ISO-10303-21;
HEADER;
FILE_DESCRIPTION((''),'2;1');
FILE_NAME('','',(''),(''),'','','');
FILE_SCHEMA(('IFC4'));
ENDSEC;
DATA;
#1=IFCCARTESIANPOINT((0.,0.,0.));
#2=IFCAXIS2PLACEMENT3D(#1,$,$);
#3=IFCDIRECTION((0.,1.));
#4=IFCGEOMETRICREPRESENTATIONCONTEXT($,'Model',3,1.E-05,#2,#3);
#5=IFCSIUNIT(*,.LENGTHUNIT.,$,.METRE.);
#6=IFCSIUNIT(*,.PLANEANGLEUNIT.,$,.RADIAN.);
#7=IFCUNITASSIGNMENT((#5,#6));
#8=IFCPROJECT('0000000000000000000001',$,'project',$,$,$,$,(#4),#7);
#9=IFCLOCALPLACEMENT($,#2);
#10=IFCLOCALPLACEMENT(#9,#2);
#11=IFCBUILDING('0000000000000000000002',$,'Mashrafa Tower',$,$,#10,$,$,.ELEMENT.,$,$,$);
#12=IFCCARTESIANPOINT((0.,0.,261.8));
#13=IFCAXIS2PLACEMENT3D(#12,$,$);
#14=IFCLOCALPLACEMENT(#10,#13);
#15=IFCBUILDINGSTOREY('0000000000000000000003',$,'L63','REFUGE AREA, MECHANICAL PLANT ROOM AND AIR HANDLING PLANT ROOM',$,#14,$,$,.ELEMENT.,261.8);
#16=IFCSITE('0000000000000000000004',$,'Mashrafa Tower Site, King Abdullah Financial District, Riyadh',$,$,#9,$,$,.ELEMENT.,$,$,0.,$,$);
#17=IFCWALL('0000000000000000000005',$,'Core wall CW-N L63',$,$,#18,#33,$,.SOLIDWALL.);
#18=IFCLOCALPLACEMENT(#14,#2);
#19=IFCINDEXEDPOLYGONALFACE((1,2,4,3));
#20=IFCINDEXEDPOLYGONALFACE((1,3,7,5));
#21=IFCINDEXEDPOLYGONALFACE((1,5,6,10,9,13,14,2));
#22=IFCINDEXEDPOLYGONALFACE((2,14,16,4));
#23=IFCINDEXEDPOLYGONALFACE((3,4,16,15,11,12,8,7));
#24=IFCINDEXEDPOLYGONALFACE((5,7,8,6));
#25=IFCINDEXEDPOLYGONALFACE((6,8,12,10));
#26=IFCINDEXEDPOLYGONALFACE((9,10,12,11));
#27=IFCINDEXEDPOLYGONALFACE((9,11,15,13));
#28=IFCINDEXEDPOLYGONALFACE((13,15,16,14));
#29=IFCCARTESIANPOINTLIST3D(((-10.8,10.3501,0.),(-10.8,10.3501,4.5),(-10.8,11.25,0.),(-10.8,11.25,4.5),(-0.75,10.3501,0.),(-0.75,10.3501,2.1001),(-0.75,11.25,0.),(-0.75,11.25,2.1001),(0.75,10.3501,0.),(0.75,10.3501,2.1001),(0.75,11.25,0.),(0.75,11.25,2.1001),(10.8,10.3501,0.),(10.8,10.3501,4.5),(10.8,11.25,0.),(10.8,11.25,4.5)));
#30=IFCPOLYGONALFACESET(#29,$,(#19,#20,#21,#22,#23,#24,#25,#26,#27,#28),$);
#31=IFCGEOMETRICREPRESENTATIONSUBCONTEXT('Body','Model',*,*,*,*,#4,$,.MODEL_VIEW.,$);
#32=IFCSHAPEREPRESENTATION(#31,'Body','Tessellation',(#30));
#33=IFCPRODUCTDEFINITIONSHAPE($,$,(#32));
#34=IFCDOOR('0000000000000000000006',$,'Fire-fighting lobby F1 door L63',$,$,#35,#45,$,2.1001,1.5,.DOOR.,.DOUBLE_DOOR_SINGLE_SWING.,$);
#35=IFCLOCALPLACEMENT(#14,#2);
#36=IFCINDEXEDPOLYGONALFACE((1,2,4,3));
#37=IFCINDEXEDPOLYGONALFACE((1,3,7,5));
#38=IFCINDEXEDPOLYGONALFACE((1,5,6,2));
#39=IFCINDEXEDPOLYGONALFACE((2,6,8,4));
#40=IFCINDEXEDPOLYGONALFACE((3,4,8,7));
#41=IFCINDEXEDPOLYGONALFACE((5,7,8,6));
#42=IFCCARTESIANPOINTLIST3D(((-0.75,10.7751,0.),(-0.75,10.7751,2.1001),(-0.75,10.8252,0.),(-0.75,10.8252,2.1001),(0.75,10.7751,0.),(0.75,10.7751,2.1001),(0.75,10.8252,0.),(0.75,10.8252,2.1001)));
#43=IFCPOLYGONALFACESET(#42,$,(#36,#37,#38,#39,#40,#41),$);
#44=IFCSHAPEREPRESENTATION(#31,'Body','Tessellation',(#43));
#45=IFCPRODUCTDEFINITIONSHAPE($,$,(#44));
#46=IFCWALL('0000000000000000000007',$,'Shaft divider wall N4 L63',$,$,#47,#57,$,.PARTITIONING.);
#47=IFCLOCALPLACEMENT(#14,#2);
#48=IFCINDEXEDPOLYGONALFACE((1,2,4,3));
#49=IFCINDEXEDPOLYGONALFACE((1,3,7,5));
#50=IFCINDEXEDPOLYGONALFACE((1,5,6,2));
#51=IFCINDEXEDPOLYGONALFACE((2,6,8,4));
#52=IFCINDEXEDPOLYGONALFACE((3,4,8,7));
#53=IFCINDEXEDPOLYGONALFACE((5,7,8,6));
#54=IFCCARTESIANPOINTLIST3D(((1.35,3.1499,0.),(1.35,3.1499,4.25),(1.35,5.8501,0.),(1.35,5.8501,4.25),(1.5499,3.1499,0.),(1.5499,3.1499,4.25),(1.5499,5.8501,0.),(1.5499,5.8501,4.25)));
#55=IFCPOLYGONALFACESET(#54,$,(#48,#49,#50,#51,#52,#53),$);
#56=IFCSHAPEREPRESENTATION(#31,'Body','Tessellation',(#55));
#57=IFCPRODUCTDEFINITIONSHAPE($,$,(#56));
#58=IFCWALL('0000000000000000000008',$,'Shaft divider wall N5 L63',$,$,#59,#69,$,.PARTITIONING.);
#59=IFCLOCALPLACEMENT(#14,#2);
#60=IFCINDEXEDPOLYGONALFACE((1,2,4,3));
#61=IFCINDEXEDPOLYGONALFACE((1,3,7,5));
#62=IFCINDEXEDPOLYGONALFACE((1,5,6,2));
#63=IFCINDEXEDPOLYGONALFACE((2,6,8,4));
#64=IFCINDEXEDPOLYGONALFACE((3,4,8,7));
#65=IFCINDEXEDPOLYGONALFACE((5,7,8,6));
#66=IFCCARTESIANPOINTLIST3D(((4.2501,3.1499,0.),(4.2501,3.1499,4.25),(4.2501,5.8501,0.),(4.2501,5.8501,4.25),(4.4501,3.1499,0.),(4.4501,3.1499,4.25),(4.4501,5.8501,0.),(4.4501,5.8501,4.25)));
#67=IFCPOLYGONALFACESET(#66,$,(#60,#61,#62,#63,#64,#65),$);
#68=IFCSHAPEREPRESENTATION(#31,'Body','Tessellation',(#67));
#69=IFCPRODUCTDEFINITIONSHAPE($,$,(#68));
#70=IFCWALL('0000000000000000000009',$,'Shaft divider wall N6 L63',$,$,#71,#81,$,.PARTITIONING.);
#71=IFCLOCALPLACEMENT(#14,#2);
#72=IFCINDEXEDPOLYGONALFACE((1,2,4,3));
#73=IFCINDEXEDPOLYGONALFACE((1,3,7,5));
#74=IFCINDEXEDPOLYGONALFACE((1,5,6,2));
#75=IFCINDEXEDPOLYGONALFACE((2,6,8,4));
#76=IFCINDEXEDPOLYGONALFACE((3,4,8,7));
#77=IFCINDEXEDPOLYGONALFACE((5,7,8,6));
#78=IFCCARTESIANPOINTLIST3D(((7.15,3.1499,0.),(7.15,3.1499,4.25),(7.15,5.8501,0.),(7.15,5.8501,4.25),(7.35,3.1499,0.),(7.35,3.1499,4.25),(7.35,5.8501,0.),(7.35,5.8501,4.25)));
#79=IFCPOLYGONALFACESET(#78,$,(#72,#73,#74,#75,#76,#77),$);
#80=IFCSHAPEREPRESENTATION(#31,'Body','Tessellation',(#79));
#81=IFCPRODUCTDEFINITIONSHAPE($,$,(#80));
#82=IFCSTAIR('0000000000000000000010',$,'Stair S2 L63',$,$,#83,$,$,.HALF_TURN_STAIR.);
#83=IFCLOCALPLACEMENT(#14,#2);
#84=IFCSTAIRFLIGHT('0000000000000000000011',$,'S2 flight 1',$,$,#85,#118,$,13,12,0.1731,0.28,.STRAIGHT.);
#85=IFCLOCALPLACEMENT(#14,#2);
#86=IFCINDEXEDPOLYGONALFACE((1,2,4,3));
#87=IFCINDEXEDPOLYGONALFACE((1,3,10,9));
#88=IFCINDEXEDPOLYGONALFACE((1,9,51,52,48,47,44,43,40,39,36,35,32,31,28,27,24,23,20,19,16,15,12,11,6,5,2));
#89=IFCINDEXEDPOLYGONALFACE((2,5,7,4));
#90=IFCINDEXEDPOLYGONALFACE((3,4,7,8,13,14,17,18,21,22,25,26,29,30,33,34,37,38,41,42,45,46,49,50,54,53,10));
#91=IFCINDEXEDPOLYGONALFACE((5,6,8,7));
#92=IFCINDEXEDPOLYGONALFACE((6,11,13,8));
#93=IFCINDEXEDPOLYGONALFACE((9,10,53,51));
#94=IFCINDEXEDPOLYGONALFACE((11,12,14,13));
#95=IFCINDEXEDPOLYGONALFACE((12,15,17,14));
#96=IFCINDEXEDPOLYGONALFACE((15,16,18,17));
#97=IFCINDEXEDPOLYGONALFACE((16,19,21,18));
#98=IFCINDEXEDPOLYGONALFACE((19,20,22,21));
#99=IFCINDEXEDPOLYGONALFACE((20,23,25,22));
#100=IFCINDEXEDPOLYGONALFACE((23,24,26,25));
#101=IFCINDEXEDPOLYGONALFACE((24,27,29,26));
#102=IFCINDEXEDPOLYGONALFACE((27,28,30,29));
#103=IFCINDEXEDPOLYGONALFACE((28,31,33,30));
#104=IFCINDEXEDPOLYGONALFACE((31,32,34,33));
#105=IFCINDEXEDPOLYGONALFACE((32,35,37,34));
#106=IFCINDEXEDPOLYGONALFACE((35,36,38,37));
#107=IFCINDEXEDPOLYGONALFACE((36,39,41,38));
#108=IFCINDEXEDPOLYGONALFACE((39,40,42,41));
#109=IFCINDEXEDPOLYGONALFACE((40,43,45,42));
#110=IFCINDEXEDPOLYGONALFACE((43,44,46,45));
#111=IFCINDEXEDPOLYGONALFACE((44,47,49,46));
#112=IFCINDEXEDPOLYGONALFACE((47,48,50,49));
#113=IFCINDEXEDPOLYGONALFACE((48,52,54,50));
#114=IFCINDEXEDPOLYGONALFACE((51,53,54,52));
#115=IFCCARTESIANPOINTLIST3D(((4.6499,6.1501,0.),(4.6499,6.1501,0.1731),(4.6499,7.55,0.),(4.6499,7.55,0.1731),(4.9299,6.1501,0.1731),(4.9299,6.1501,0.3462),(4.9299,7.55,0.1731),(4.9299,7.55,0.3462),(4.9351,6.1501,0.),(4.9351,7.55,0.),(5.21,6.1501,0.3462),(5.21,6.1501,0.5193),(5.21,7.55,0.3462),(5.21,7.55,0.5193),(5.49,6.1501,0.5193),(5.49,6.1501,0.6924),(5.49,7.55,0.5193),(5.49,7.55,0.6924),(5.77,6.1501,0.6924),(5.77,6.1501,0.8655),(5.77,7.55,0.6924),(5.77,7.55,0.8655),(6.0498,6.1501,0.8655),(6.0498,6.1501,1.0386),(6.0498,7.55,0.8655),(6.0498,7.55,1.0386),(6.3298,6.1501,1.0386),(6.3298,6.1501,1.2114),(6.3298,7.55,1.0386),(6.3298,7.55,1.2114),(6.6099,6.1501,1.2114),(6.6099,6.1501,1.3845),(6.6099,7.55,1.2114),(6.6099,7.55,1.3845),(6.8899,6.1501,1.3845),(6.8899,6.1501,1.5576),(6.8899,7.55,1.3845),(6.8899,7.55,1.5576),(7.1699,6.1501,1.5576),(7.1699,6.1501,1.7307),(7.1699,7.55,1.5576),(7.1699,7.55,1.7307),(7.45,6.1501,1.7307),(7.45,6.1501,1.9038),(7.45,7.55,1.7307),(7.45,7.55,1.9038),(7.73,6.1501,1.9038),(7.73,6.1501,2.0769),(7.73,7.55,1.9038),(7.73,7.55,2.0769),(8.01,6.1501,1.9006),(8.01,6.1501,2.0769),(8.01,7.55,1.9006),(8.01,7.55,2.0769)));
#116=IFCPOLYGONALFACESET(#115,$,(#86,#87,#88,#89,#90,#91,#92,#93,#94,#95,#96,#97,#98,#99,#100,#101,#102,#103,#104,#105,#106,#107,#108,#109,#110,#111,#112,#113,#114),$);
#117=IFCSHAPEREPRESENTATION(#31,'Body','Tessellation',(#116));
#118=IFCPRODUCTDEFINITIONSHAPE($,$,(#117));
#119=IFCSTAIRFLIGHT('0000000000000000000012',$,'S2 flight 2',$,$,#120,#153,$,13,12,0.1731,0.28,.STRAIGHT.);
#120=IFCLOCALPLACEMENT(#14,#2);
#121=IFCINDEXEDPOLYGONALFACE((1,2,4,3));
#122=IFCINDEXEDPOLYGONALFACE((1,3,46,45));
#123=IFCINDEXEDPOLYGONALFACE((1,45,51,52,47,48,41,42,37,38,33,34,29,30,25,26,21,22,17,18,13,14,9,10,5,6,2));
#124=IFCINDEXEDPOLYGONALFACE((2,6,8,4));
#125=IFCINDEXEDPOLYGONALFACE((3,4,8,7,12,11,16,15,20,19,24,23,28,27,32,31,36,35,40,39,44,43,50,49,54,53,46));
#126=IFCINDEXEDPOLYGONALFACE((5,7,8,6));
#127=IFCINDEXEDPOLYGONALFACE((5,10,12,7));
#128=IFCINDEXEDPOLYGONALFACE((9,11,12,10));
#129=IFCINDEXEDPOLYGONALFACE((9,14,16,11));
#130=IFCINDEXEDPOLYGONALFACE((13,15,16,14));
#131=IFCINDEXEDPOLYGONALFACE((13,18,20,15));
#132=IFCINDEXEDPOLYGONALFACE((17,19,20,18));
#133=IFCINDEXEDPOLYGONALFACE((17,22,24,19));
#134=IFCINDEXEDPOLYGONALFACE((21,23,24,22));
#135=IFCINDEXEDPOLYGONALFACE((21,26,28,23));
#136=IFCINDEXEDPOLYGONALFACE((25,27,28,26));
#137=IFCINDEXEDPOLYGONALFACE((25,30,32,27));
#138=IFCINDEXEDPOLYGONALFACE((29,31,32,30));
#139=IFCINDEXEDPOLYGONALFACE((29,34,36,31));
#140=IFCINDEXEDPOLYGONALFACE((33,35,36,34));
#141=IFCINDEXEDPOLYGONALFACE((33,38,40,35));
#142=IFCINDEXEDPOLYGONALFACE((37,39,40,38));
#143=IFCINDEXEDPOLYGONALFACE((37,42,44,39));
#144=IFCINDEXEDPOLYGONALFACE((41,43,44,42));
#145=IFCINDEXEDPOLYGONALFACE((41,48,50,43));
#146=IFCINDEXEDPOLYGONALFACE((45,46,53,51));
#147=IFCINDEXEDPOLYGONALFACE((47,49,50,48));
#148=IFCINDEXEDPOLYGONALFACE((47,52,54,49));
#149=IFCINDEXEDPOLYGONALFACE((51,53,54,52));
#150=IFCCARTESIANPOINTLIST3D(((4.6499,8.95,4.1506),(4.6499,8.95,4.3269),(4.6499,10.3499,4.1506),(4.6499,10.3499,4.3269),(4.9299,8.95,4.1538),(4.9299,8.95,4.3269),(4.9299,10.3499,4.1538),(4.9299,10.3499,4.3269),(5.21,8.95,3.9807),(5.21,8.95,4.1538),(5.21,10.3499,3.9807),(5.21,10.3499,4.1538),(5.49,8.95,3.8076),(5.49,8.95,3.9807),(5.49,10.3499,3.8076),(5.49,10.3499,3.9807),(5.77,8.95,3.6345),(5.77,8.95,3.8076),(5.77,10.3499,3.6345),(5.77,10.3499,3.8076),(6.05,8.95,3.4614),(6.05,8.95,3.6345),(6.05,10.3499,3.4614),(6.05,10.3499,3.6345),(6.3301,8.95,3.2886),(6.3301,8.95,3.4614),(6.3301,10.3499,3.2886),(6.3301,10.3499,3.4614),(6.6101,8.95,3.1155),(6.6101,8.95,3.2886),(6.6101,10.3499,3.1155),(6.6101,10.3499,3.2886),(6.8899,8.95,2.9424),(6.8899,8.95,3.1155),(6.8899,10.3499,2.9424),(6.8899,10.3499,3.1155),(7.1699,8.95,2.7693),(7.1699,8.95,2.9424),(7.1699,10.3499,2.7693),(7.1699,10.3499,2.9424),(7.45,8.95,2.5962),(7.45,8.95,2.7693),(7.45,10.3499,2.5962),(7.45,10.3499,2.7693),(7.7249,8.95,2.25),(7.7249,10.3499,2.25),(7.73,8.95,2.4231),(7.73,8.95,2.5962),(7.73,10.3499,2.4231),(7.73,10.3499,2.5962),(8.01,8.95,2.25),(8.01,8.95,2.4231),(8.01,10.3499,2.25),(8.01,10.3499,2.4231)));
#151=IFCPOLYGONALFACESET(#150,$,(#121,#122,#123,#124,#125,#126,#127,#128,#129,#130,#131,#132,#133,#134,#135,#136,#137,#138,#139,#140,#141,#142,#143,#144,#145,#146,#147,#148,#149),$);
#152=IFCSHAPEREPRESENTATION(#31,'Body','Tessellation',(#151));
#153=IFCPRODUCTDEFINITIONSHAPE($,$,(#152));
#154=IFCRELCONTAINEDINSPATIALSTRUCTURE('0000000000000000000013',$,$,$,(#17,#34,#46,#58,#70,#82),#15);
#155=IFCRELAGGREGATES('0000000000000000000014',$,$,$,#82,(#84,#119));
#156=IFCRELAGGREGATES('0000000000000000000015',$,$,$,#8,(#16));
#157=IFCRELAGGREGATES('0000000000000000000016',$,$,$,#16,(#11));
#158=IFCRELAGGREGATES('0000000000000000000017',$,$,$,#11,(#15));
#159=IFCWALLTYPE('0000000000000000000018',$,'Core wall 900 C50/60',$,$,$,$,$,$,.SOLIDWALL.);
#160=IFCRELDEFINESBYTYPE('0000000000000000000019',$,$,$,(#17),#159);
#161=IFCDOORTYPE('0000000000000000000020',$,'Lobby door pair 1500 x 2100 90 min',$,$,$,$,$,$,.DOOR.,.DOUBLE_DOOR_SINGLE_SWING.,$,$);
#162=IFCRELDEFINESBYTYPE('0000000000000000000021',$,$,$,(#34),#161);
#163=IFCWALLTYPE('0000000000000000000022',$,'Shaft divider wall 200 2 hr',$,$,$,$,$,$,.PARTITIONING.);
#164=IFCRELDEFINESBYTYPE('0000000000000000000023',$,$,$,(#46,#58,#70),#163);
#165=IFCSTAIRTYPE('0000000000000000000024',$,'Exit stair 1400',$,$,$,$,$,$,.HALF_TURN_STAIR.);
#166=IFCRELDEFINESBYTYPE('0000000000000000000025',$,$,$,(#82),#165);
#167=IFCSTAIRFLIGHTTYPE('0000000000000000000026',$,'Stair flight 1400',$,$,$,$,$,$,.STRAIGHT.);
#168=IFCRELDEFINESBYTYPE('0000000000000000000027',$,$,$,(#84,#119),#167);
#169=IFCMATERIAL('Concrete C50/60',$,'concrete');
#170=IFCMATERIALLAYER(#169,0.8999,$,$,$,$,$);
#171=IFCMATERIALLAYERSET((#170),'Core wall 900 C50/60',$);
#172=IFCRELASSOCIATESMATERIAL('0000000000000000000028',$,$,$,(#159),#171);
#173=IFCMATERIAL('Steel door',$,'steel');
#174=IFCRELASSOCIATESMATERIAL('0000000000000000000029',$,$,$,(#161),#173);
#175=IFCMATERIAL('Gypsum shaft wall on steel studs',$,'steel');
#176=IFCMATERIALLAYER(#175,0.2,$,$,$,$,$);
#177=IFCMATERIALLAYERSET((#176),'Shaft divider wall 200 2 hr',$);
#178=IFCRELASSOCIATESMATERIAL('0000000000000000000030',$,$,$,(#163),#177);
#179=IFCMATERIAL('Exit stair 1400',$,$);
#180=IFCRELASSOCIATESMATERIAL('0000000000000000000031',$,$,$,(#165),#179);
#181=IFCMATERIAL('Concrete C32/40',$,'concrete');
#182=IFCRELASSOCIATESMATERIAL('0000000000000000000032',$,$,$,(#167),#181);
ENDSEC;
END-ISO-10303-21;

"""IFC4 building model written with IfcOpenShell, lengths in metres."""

from ifc_helpers import new_model, si_unit, direction, frame, frame_2d, origin, place, context, subcontext, project, spatial, polyline, rectangle, outline, extrude, material, layer, layer_set, type_object, element, fill, aggregate, save


model = new_model("IFC4")

# Units and contexts
model_context = context("Model", 3, precision=1e-05, world=origin(), true_north=direction((0.0, 1.0)))
body_context = subcontext(model_context, "Body", "Model", "MODEL_VIEW")
ifc_project = project(units=[si_unit("LENGTHUNIT", "METRE"), si_unit("PLANEANGLEUNIT", "RADIAN")], contexts=[model_context])

# Site, building, storey
site_placement = place(None, origin())
site = spatial("IfcSite", under=ifc_project, at=site_placement, Name="Mashrafa Tower Site, King Abdullah Financial District, Riyadh", CompositionType="ELEMENT", RefElevation=0.0)
building_placement = place(site_placement, origin())
building = spatial("IfcBuilding", under=site, at=building_placement, Name="Mashrafa Tower", CompositionType="ELEMENT")
storey_placement = place(building_placement, frame((0.0, 0.0, 261.8)))
storey = spatial("IfcBuildingStorey", under=building, at=storey_placement, Name="L63", Description="REFUGE AREA, MECHANICAL PLANT ROOM AND AIR HANDLING PLANT ROOM", CompositionType="ELEMENT", Elevation=261.8)

# Wall, opening, door
ifc_material_1 = material(Name="Concrete C50/60", Category="concrete")
ifc_layer_1 = layer(ifc_material_1, 0.8999)
ifc_layer_set_1 = layer_set([ifc_layer_1], Name="Core wall 900 C50/60")
wall_type_1 = type_object("IfcWallType", Name="Core wall 900 C50/60", PredefinedType="SOLIDWALL", material=ifc_layer_set_1)
wall_1_placement = place(storey_placement, frame((10.8, 10.8, 0.0), z_axis=(0.0, 0.0, 1.0), x_axis=(-1.0, 0.0, 0.0)))
wall_1 = element("IfcWall", 1, at=wall_1_placement, inside=storey, type_object=wall_type_1, Name="Core wall CW-N L63", PredefinedType="SOLIDWALL", context=body_context, shape_type="SweptSolid", body=[
    extrude(rectangle(XDim=21.6001, YDim=0.8999, at=frame_2d((10.8, 0.0))), origin(), (0.0, 0.0, 1.0), 4.5),
])
opening_1_placement = place(wall_1_placement, frame((10.05, 0.0, 0.0)))
opening_1 = element("IfcOpeningElement", 2, at=opening_1_placement, cuts=wall_1, PredefinedType="OPENING", context=body_context, shape_type="SweptSolid", body=[
    extrude(rectangle(XDim=1.5, YDim=2.1001, at=frame_2d((0.75, 1.05))), frame((0.0, 0.46, 0.0), z_axis=(0.0, -1.0, 0.0), x_axis=(1.0, 0.0, 0.0)), (0.0, 0.0, 1.0), 0.9199),
])
ifc_material_2 = material(Name="Steel door", Category="steel")
door_type_1 = type_object("IfcDoorType", Name="Lobby door pair 1500 x 2100 90 min", OperationType="DOUBLE_DOOR_SINGLE_SWING", PredefinedType="DOOR", material=ifc_material_2)
door_1_placement = place(opening_1_placement, origin())
door_1 = element("IfcDoor", 3, at=door_1_placement, inside=storey, type_object=door_type_1, Name="Fire-fighting lobby F1 door L63", OperationType="DOUBLE_DOOR_SINGLE_SWING", OverallHeight=2.1001, OverallWidth=1.5, PredefinedType="DOOR", context=body_context, shape_type="SweptSolid", body=[
    extrude(rectangle(XDim=1.5, YDim=2.1001, at=frame_2d((0.75, 1.05))), frame((0.0, 0.0249, 0.0), z_axis=(0.0, -1.0, 0.0), x_axis=(1.0, 0.0, 0.0)), (0.0, 0.0, 1.0), 0.05),
])
fill(opening_1, door_1)

# Walls
ifc_material_3 = material(Name="Gypsum shaft wall on steel studs", Category="steel")
ifc_layer_2 = layer(ifc_material_3, 0.2)
ifc_layer_set_2 = layer_set([ifc_layer_2], Name="Shaft divider wall 200 2 hr")
wall_type_2 = type_object("IfcWallType", Name="Shaft divider wall 200 2 hr", PredefinedType="PARTITIONING", material=ifc_layer_set_2)
for number, where, z_axis, x_axis, name in (
    (4, (1.45, 3.1499, 0.0), (0.0, 0.0, 1.0), (0.0, 1.0, 0.0), "Shaft divider wall N4 L63"),
    (5, (4.3501, 3.1499, 0.0), (0.0, 0.0, 1.0), (0.0, 1.0, 0.0), "Shaft divider wall N5 L63"),
    (6, (7.25, 3.1499, 0.0), (0.0, 0.0, 1.0), (0.0, 1.0, 0.0), "Shaft divider wall N6 L63"),
):
    element("IfcWall", number, at=place(storey_placement, frame(where, z_axis=z_axis, x_axis=x_axis)), inside=storey, type_object=wall_type_2, Name=name, PredefinedType="PARTITIONING", context=body_context, shape_type="SweptSolid", body=[
        extrude(rectangle(XDim=2.7002, YDim=0.2, at=frame_2d((1.3501, 0.0))), origin(), (0.0, 0.0, 1.0), 4.25),
    ])

# Stair, stair flights
ifc_material_4 = material(Name="Exit stair 1400")
stair_type = type_object("IfcStairType", Name="Exit stair 1400", PredefinedType="HALF_TURN_STAIR", material=ifc_material_4)
stair_placement = place(storey_placement, origin())
stair = element("IfcStair", 7, at=stair_placement, inside=storey, type_object=stair_type, Name="Stair S2 L63", PredefinedType="HALF_TURN_STAIR")
ifc_material_5 = material(Name="Concrete C32/40", Category="concrete")
stair_flight_type = type_object("IfcStairFlightType", Name="Stair flight 1400", PredefinedType="STRAIGHT", material=ifc_material_5)
stair_flight_1_placement = place(storey_placement, frame((4.6499, 6.8501, 0.0), z_axis=(0.0, 0.0, 1.0), x_axis=(1.0, 0.0, 0.0)))
stair_flight_1 = element("IfcStairFlight", 8, at=stair_flight_1_placement, type_object=stair_flight_type, Name="S2 flight 1", NumberOfRisers=13, NumberOfTreads=12, PredefinedType="STRAIGHT", RiserHeight=0.1731, TreadLength=0.28, context=body_context, shape_type="SweptSolid", body=[
    extrude(outline(polyline([(0.0, 0.0), (0.0, 0.1731), (0.28, 0.1731), (0.28, 0.3462), (0.5601, 0.3462), (0.5601, 0.5193), (0.8401, 0.5193), (0.8401, 0.6924), (1.1201, 0.6924), (1.1201, 0.8655), (1.3999, 0.8655), (1.3999, 1.0386), (1.6799, 1.0386), (1.6799, 1.2114), (1.96, 1.2114), (1.96, 1.3845), (2.24, 1.3845), (2.24, 1.5576), (2.52, 1.5576), (2.52, 1.7307), (2.8, 1.7307), (2.8, 1.9038), (3.0801, 1.9038), (3.0801, 2.0769), (3.3601, 2.0769), (3.3601, 2.25), (3.3601, 1.9006), (0.2852, 0.0), (0.0, 0.0)])), frame((0.0, 0.7, 0.0), z_axis=(0.0, -1.0, 0.0), x_axis=(1.0, 0.0, 0.0)), (0.0, 0.0, 1.0), 1.3999),
])
stair_flight_2_placement = place(storey_placement, frame((8.01, 9.6499, 2.25), z_axis=(0.0, 0.0, 1.0), x_axis=(-1.0, 0.0, 0.0)))
stair_flight_2 = element("IfcStairFlight", 9, at=stair_flight_2_placement, type_object=stair_flight_type, Name="S2 flight 2", NumberOfRisers=13, NumberOfTreads=12, PredefinedType="STRAIGHT", RiserHeight=0.1731, TreadLength=0.28, context=body_context, shape_type="SweptSolid", body=[
    extrude(outline(polyline([(0.0, 0.0), (0.0, 0.1731), (0.28, 0.1731), (0.28, 0.3462), (0.5601, 0.3462), (0.5601, 0.5193), (0.8401, 0.5193), (0.8401, 0.6924), (1.1201, 0.6924), (1.1201, 0.8655), (1.3999, 0.8655), (1.3999, 1.0386), (1.6799, 1.0386), (1.6799, 1.2114), (1.96, 1.2114), (1.96, 1.3845), (2.24, 1.3845), (2.24, 1.5576), (2.52, 1.5576), (2.52, 1.7307), (2.8, 1.7307), (2.8, 1.9038), (3.0801, 1.9038), (3.0801, 2.0769), (3.3601, 2.0769), (3.3601, 2.25), (3.3601, 1.9006), (0.2852, 0.0), (0.0, 0.0)])), frame((0.0, 0.7, 0.0), z_axis=(0.0, -1.0, 0.0), x_axis=(1.0, 0.0, 0.0)), (0.0, 0.0, 1.0), 1.3999),
])
aggregate(stair, [stair_flight_1, stair_flight_2])

save(model, "model.ifc")
